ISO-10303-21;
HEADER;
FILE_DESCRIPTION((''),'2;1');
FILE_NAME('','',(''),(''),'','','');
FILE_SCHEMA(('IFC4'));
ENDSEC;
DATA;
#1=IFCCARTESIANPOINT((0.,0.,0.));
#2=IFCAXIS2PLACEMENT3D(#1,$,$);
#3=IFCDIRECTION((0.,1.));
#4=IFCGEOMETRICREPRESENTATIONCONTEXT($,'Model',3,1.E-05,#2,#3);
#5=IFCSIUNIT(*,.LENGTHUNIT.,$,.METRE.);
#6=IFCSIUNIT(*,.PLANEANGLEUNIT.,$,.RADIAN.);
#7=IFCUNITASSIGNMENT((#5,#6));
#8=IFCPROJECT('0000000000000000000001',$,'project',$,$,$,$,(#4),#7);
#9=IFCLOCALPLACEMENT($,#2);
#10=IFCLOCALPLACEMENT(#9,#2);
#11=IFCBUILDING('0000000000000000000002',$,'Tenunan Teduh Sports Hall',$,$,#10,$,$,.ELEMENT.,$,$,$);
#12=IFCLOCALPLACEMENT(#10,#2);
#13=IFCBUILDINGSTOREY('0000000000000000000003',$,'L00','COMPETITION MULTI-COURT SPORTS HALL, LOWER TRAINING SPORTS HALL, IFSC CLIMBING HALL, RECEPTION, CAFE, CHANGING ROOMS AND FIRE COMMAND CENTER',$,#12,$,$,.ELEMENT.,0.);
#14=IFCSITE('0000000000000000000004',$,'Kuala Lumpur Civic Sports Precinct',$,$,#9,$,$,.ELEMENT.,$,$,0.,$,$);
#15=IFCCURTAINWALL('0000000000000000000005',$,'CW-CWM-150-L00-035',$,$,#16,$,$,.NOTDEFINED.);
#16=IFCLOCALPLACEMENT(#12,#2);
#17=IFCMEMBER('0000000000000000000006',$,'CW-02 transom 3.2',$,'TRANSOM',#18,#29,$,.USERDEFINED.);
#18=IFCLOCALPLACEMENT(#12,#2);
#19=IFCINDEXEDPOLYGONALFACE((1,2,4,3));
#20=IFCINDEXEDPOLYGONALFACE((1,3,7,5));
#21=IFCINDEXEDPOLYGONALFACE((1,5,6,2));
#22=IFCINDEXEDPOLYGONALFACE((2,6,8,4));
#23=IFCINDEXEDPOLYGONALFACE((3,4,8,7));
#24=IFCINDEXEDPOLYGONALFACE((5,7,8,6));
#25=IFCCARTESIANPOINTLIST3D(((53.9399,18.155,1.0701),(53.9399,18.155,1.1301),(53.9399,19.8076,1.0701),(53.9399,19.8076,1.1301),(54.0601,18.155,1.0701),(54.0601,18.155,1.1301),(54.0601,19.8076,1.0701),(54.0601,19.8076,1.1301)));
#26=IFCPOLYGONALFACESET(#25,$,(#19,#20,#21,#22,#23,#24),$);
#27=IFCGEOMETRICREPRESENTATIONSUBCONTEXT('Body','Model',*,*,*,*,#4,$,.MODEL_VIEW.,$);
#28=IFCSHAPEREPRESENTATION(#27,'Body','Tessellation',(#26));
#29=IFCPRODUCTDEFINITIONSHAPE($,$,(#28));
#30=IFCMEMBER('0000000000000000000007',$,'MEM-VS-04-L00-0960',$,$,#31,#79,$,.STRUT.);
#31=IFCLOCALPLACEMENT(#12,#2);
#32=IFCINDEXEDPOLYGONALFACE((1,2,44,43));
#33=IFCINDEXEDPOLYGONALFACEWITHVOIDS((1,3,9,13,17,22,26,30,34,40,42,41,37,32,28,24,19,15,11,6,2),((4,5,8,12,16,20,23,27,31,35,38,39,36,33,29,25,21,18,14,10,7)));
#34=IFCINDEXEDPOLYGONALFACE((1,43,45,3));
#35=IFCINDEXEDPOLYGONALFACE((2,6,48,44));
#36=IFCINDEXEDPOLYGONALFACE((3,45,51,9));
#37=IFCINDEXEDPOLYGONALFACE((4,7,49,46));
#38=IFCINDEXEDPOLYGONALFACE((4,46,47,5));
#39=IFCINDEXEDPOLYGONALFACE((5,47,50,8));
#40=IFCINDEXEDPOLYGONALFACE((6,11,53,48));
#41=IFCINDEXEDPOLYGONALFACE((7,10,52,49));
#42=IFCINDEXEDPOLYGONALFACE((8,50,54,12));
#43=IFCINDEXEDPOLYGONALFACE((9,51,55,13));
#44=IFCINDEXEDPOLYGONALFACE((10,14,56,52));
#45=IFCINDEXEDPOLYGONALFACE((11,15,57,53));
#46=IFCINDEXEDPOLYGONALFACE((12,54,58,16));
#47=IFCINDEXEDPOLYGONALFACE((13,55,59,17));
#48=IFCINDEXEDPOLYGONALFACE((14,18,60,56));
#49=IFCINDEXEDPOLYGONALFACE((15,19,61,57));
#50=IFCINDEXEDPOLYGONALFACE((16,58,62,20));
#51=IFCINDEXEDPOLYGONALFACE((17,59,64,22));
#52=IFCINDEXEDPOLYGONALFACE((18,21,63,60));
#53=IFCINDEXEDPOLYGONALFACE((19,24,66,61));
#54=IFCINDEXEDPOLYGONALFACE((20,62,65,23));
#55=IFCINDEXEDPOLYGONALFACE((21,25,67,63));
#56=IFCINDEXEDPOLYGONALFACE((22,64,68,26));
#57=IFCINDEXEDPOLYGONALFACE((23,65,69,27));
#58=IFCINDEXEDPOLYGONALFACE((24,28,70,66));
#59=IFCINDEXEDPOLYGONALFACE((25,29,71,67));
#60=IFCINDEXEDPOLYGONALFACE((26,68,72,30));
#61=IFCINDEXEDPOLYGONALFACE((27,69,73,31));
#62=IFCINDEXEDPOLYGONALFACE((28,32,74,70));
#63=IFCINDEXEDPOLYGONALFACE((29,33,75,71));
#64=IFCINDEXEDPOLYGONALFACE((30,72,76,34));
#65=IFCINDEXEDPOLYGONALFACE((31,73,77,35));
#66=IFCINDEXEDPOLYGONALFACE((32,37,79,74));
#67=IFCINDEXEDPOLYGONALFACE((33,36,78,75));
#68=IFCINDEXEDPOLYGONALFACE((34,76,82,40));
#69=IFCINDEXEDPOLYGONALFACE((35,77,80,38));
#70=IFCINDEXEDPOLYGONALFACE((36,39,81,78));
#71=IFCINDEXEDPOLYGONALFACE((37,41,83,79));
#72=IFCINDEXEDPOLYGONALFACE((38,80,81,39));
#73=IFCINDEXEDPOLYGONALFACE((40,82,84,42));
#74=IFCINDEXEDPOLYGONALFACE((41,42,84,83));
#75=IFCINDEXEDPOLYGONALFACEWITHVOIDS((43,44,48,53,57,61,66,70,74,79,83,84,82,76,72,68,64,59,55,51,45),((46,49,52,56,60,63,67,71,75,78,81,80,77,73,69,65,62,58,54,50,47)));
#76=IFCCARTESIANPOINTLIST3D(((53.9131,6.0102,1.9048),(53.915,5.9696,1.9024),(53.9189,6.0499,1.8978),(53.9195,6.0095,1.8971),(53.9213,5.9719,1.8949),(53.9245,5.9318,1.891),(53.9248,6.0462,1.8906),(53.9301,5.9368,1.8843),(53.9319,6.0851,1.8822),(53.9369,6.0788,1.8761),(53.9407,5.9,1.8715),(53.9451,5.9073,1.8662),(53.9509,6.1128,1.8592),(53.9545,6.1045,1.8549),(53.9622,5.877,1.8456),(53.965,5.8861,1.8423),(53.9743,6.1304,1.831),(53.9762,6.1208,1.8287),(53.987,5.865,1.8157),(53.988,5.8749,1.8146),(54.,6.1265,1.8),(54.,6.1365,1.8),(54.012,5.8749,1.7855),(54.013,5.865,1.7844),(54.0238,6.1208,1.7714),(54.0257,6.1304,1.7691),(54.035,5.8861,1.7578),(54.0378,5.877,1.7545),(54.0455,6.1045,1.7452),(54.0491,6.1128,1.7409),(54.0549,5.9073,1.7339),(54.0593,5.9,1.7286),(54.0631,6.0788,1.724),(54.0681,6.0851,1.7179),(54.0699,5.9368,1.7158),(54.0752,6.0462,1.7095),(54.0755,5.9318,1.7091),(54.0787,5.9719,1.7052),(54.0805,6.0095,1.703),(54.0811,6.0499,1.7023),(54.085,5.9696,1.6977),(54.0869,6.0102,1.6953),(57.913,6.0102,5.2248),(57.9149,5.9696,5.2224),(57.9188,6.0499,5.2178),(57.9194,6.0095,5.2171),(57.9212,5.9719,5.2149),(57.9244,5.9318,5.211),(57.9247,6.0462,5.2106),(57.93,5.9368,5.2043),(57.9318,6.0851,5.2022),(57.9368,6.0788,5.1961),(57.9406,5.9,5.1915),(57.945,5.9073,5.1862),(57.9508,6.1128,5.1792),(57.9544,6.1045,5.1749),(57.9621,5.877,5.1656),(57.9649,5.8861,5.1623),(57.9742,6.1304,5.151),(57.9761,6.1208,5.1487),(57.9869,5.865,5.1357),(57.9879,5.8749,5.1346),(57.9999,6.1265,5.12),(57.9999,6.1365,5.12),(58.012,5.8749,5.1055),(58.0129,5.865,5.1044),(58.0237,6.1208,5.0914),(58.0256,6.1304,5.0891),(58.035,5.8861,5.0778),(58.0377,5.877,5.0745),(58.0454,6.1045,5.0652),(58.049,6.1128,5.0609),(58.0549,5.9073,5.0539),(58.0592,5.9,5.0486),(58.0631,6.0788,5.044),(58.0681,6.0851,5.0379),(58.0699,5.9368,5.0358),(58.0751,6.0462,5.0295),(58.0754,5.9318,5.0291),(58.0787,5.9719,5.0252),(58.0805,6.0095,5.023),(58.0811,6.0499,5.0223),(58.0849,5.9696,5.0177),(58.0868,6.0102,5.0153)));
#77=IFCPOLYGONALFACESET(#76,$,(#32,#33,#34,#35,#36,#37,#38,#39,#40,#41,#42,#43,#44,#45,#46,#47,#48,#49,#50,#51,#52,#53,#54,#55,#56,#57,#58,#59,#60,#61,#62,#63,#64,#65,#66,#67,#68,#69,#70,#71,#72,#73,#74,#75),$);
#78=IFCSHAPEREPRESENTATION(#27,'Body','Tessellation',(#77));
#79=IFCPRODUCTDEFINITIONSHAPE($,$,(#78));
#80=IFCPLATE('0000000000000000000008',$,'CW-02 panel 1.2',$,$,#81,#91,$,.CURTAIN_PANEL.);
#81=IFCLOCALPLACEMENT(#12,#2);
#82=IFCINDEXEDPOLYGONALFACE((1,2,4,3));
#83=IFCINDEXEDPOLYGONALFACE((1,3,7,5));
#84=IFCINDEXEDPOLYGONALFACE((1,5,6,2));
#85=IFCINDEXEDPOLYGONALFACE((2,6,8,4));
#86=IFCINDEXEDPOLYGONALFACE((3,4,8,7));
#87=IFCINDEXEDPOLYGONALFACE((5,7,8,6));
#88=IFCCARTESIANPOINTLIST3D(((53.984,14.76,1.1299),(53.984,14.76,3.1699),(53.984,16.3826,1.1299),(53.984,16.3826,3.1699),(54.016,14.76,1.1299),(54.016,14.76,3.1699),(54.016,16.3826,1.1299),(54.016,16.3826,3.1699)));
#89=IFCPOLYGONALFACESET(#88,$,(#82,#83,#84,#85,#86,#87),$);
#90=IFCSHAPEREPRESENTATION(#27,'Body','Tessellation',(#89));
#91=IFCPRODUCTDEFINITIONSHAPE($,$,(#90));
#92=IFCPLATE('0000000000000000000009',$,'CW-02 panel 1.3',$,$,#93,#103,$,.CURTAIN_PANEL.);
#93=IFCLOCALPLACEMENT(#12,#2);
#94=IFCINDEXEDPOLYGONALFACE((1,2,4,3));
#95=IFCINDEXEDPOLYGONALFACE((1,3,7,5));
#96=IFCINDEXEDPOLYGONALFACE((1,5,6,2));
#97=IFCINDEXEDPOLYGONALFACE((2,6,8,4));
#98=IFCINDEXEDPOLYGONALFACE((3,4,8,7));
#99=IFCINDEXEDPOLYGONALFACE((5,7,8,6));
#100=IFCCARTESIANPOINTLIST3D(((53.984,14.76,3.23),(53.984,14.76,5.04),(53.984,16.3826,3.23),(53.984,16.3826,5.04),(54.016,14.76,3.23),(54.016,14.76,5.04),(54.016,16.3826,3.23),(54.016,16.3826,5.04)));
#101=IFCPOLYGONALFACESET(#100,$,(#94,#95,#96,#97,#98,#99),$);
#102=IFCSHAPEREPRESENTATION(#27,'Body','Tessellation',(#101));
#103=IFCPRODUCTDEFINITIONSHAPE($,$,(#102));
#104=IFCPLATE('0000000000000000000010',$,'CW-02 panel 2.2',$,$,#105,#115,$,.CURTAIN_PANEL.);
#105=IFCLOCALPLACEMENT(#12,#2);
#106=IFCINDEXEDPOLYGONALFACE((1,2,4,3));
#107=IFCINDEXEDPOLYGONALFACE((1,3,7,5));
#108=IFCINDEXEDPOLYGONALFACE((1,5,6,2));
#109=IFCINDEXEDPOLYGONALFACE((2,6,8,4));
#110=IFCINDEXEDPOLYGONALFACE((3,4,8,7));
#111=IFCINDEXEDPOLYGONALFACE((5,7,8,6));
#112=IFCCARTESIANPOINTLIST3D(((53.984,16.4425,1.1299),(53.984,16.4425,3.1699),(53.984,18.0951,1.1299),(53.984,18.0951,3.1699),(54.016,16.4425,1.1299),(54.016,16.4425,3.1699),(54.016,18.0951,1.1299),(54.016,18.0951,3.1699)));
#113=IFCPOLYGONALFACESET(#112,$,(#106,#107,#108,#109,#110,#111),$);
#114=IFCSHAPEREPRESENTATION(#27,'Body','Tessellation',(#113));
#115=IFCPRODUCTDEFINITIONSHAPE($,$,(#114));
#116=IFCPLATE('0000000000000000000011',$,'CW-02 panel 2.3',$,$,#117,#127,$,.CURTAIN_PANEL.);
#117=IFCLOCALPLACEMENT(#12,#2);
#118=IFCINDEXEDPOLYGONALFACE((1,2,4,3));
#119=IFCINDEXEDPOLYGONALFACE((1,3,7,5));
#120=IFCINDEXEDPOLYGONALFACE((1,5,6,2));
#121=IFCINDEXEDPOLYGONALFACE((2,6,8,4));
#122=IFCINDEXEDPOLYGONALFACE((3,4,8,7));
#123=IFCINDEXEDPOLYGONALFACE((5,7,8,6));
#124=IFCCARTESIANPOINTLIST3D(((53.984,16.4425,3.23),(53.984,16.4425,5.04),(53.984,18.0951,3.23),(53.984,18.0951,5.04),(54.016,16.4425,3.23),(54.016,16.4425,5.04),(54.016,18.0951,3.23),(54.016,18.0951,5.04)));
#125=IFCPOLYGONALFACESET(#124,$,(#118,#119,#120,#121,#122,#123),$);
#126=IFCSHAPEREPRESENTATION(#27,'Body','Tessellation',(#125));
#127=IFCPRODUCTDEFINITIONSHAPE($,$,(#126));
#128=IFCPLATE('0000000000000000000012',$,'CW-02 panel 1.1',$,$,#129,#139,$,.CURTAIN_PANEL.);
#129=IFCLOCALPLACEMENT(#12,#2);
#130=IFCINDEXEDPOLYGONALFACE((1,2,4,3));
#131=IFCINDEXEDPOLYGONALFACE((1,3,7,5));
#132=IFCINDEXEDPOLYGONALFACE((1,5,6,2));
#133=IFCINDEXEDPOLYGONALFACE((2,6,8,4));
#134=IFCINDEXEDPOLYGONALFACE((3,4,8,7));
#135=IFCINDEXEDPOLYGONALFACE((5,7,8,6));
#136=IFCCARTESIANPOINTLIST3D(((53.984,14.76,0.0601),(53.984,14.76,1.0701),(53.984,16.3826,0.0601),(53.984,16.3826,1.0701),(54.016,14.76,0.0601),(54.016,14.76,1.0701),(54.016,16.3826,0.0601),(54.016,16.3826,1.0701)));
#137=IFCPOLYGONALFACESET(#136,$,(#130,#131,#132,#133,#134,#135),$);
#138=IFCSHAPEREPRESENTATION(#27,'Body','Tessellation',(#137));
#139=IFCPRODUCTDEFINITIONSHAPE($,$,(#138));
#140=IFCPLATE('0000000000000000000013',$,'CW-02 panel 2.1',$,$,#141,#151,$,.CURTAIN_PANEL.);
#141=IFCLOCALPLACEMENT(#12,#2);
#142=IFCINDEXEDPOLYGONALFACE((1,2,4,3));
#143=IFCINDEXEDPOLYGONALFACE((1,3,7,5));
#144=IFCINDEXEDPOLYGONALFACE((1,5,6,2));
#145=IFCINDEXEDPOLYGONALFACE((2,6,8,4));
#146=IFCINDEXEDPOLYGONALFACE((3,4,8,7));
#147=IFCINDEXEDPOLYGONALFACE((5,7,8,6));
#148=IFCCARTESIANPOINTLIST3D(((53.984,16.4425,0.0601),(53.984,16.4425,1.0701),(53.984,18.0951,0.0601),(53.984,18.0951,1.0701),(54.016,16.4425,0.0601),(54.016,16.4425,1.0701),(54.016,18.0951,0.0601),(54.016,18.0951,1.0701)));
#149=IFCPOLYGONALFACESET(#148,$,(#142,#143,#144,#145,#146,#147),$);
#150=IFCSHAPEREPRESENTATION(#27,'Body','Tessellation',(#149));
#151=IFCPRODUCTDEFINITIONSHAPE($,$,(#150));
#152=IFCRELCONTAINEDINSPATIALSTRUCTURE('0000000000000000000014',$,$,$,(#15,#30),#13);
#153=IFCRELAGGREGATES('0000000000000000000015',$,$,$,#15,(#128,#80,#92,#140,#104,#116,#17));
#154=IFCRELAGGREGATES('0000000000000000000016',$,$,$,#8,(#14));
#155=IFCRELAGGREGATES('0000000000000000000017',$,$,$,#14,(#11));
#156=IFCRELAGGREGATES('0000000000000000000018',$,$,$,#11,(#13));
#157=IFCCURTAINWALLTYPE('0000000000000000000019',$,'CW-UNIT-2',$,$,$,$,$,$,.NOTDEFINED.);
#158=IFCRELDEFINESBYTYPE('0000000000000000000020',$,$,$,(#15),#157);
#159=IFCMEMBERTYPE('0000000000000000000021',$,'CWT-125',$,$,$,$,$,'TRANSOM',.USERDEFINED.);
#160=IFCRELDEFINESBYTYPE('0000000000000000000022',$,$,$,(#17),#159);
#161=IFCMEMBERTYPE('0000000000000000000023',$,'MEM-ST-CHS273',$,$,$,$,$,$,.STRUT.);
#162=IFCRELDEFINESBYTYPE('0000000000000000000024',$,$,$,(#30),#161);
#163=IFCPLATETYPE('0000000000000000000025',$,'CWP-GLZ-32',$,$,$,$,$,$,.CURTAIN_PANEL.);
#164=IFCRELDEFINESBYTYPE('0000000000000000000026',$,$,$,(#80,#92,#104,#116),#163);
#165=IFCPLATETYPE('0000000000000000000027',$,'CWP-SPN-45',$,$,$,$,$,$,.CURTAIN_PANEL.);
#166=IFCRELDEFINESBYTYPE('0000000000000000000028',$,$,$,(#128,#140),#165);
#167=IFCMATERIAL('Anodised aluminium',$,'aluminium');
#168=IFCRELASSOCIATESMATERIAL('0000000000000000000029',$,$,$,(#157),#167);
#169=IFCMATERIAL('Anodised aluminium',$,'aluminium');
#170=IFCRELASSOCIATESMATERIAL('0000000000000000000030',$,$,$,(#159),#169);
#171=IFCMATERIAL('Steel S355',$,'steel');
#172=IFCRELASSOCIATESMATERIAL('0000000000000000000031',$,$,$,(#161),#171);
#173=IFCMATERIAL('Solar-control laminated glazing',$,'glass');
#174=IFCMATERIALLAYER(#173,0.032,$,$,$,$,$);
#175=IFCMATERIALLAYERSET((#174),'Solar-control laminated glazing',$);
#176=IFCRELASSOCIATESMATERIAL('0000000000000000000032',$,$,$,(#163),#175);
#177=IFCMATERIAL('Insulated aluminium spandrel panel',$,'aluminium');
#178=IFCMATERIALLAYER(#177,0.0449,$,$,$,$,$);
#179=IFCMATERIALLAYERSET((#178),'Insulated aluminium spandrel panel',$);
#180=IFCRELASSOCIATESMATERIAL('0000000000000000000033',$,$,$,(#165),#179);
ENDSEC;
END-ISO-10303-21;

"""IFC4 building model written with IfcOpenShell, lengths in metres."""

from ifc_helpers import new_model, si_unit, direction, frame, origin, origin_2d, place, context, subcontext, project, spatial, rectangle, hollow_circle, extrude, material, layer, layer_set, material_profile, profile_set, type_object, element, aggregate, save


model = new_model("IFC4")

# Units and contexts
model_context = context("Model", 3, precision=1e-05, world=origin(), true_north=direction((0.0, 1.0)))
body_context = subcontext(model_context, "Body", "Model", "MODEL_VIEW")
ifc_project = project(units=[si_unit("LENGTHUNIT", "METRE"), si_unit("PLANEANGLEUNIT", "RADIAN")], contexts=[model_context])

# Site, building, storey
site_placement = place(None, origin())
site = spatial("IfcSite", under=ifc_project, at=site_placement, Name="Kuala Lumpur Civic Sports Precinct", CompositionType="ELEMENT", RefElevation=0.0)
building_placement = place(site_placement, origin())
building = spatial("IfcBuilding", under=site, at=building_placement, Name="Tenunan Teduh Sports Hall", CompositionType="ELEMENT")
storey_placement = place(building_placement, origin())
storey = spatial("IfcBuildingStorey", under=building, at=storey_placement, Name="L00", Description="COMPETITION MULTI-COURT SPORTS HALL, LOWER TRAINING SPORTS HALL, IFSC CLIMBING HALL, RECEPTION, CAFE, CHANGING ROOMS AND FIRE COMMAND CENTER", CompositionType="ELEMENT", Elevation=0.0)

# Curtain wall, member
ifc_material_1 = material(Name="Anodised aluminium", Category="aluminium")
curtain_wall_type = type_object("IfcCurtainWallType", Name="CW-UNIT-2", PredefinedType="NOTDEFINED", material=ifc_material_1)
curtain_wall_placement = place(storey_placement, origin())
curtain_wall = element("IfcCurtainWall", 1, at=curtain_wall_placement, inside=storey, type_object=curtain_wall_type, Name="CW-CWM-150-L00-035", PredefinedType="NOTDEFINED")
ifc_material_2 = material(Name="Anodised aluminium", Category="aluminium")
ifc_material_profile_1 = material_profile(ifc_material_2, rectangle(XDim=0.0601, YDim=0.1201, at=origin_2d()), Name="CWT 60x120")
ifc_profile_set_1 = profile_set([ifc_material_profile_1], Name="Anodised aluminium")
member_type_1 = type_object("IfcMemberType", Name="CWT-125", ElementType="TRANSOM", PredefinedType="USERDEFINED", material=ifc_profile_set_1)
member_1_placement = place(storey_placement, frame((54.0, 18.155, 1.1001), z_axis=(0.0, 1.0, 0.0), x_axis=(0.0, 0.0, 1.0)))
member_1 = element("IfcMember", 2, at=member_1_placement, type_object=member_type_1, Name="CW-02 transom 3.2", ObjectType="TRANSOM", PredefinedType="USERDEFINED", context=body_context, shape_type="SweptSolid", body=[
    extrude(rectangle(XDim=0.0601, YDim=0.1201, at=origin_2d()), origin(), (0.0, 0.0, 1.0), 1.6526),
])

# Member
ifc_material_3 = material(Name="Steel S355", Category="steel")
ifc_material_profile_2 = material_profile(ifc_material_3, hollow_circle(Radius=0.1365, WallThickness=0.01, at=origin_2d()), Name="CHS 273.0x10.0")
ifc_profile_set_2 = profile_set([ifc_material_profile_2], Name="Steel S355")
member_type_2 = type_object("IfcMemberType", Name="MEM-ST-CHS273", PredefinedType="STRUT", material=ifc_profile_set_2)
member_2_placement = place(storey_placement, frame((54.0, 6.0, 1.8), z_axis=(0.769475, 0.0, 0.638677), x_axis=(0.0, 1.0, 0.0)))
element("IfcMember", 3, at=member_2_placement, inside=storey, type_object=member_type_2, Name="MEM-VS-04-L00-0960", PredefinedType="STRUT", context=body_context, shape_type="SweptSolid", body=[
    extrude(hollow_circle(Radius=0.1365, WallThickness=0.01, at=origin_2d()), origin(), (0.0, 0.0, 1.0), 5.1982),
])

# Plates
ifc_material_4 = material(Name="Solar-control laminated glazing", Category="glass")
ifc_layer_1 = layer(ifc_material_4, 0.032)
ifc_layer_set_1 = layer_set([ifc_layer_1], Name="Solar-control laminated glazing")
plate_type_1 = type_object("IfcPlateType", Name="CWP-GLZ-32", PredefinedType="CURTAIN_PANEL", material=ifc_layer_set_1)
plate_1_placement = place(storey_placement, frame((54.0, 15.5713, 1.1299), z_axis=(0.0, 0.0, 1.0), x_axis=(0.0, 1.0, 0.0)))
plate_1 = element("IfcPlate", 4, at=plate_1_placement, type_object=plate_type_1, Name="CW-02 panel 1.2", PredefinedType="CURTAIN_PANEL", context=body_context, shape_type="SweptSolid", body=[
    extrude(rectangle(XDim=1.6226, YDim=0.032, at=origin_2d()), origin(), (0.0, 0.0, 1.0), 2.04),
])
plate_2_placement = place(storey_placement, frame((54.0, 15.5713, 3.23), z_axis=(0.0, 0.0, 1.0), x_axis=(0.0, 1.0, 0.0)))
plate_2 = element("IfcPlate", 5, at=plate_2_placement, type_object=plate_type_1, Name="CW-02 panel 1.3", PredefinedType="CURTAIN_PANEL", context=body_context, shape_type="SweptSolid", body=[
    extrude(rectangle(XDim=1.6226, YDim=0.032, at=origin_2d()), origin(), (0.0, 0.0, 1.0), 1.8101),
])
plate_3_placement = place(storey_placement, frame((54.0, 17.2688, 1.1299), z_axis=(0.0, 0.0, 1.0), x_axis=(0.0, 1.0, 0.0)))
plate_3 = element("IfcPlate", 6, at=plate_3_placement, type_object=plate_type_1, Name="CW-02 panel 2.2", PredefinedType="CURTAIN_PANEL", context=body_context, shape_type="SweptSolid", body=[
    extrude(rectangle(XDim=1.6526, YDim=0.032, at=origin_2d()), origin(), (0.0, 0.0, 1.0), 2.04),
])
plate_4_placement = place(storey_placement, frame((54.0, 17.2688, 3.23), z_axis=(0.0, 0.0, 1.0), x_axis=(0.0, 1.0, 0.0)))
plate_4 = element("IfcPlate", 7, at=plate_4_placement, type_object=plate_type_1, Name="CW-02 panel 2.3", PredefinedType="CURTAIN_PANEL", context=body_context, shape_type="SweptSolid", body=[
    extrude(rectangle(XDim=1.6526, YDim=0.032, at=origin_2d()), origin(), (0.0, 0.0, 1.0), 1.8101),
])
ifc_material_5 = material(Name="Insulated aluminium spandrel panel", Category="aluminium")
ifc_layer_2 = layer(ifc_material_5, 0.0449)
ifc_layer_set_2 = layer_set([ifc_layer_2], Name="Insulated aluminium spandrel panel")
plate_type_2 = type_object("IfcPlateType", Name="CWP-SPN-45", PredefinedType="CURTAIN_PANEL", material=ifc_layer_set_2)
plate_5_placement = place(storey_placement, frame((54.0, 15.5713, 0.0601), z_axis=(0.0, 0.0, 1.0), x_axis=(0.0, 1.0, 0.0)))
plate_5 = element("IfcPlate", 8, at=plate_5_placement, type_object=plate_type_2, Name="CW-02 panel 1.1", PredefinedType="CURTAIN_PANEL", context=body_context, shape_type="SweptSolid", body=[
    extrude(rectangle(XDim=1.6226, YDim=0.032, at=origin_2d()), origin(), (0.0, 0.0, 1.0), 1.01),
])
plate_6_placement = place(storey_placement, frame((54.0, 17.2688, 0.0601), z_axis=(0.0, 0.0, 1.0), x_axis=(0.0, 1.0, 0.0)))
plate_6 = element("IfcPlate", 9, at=plate_6_placement, type_object=plate_type_2, Name="CW-02 panel 2.1", PredefinedType="CURTAIN_PANEL", context=body_context, shape_type="SweptSolid", body=[
    extrude(rectangle(XDim=1.6526, YDim=0.032, at=origin_2d()), origin(), (0.0, 0.0, 1.0), 1.01),
])
aggregate(curtain_wall, [plate_5, plate_1, plate_2, plate_6, plate_3, plate_4, member_1])

save(model, "model.ifc")
